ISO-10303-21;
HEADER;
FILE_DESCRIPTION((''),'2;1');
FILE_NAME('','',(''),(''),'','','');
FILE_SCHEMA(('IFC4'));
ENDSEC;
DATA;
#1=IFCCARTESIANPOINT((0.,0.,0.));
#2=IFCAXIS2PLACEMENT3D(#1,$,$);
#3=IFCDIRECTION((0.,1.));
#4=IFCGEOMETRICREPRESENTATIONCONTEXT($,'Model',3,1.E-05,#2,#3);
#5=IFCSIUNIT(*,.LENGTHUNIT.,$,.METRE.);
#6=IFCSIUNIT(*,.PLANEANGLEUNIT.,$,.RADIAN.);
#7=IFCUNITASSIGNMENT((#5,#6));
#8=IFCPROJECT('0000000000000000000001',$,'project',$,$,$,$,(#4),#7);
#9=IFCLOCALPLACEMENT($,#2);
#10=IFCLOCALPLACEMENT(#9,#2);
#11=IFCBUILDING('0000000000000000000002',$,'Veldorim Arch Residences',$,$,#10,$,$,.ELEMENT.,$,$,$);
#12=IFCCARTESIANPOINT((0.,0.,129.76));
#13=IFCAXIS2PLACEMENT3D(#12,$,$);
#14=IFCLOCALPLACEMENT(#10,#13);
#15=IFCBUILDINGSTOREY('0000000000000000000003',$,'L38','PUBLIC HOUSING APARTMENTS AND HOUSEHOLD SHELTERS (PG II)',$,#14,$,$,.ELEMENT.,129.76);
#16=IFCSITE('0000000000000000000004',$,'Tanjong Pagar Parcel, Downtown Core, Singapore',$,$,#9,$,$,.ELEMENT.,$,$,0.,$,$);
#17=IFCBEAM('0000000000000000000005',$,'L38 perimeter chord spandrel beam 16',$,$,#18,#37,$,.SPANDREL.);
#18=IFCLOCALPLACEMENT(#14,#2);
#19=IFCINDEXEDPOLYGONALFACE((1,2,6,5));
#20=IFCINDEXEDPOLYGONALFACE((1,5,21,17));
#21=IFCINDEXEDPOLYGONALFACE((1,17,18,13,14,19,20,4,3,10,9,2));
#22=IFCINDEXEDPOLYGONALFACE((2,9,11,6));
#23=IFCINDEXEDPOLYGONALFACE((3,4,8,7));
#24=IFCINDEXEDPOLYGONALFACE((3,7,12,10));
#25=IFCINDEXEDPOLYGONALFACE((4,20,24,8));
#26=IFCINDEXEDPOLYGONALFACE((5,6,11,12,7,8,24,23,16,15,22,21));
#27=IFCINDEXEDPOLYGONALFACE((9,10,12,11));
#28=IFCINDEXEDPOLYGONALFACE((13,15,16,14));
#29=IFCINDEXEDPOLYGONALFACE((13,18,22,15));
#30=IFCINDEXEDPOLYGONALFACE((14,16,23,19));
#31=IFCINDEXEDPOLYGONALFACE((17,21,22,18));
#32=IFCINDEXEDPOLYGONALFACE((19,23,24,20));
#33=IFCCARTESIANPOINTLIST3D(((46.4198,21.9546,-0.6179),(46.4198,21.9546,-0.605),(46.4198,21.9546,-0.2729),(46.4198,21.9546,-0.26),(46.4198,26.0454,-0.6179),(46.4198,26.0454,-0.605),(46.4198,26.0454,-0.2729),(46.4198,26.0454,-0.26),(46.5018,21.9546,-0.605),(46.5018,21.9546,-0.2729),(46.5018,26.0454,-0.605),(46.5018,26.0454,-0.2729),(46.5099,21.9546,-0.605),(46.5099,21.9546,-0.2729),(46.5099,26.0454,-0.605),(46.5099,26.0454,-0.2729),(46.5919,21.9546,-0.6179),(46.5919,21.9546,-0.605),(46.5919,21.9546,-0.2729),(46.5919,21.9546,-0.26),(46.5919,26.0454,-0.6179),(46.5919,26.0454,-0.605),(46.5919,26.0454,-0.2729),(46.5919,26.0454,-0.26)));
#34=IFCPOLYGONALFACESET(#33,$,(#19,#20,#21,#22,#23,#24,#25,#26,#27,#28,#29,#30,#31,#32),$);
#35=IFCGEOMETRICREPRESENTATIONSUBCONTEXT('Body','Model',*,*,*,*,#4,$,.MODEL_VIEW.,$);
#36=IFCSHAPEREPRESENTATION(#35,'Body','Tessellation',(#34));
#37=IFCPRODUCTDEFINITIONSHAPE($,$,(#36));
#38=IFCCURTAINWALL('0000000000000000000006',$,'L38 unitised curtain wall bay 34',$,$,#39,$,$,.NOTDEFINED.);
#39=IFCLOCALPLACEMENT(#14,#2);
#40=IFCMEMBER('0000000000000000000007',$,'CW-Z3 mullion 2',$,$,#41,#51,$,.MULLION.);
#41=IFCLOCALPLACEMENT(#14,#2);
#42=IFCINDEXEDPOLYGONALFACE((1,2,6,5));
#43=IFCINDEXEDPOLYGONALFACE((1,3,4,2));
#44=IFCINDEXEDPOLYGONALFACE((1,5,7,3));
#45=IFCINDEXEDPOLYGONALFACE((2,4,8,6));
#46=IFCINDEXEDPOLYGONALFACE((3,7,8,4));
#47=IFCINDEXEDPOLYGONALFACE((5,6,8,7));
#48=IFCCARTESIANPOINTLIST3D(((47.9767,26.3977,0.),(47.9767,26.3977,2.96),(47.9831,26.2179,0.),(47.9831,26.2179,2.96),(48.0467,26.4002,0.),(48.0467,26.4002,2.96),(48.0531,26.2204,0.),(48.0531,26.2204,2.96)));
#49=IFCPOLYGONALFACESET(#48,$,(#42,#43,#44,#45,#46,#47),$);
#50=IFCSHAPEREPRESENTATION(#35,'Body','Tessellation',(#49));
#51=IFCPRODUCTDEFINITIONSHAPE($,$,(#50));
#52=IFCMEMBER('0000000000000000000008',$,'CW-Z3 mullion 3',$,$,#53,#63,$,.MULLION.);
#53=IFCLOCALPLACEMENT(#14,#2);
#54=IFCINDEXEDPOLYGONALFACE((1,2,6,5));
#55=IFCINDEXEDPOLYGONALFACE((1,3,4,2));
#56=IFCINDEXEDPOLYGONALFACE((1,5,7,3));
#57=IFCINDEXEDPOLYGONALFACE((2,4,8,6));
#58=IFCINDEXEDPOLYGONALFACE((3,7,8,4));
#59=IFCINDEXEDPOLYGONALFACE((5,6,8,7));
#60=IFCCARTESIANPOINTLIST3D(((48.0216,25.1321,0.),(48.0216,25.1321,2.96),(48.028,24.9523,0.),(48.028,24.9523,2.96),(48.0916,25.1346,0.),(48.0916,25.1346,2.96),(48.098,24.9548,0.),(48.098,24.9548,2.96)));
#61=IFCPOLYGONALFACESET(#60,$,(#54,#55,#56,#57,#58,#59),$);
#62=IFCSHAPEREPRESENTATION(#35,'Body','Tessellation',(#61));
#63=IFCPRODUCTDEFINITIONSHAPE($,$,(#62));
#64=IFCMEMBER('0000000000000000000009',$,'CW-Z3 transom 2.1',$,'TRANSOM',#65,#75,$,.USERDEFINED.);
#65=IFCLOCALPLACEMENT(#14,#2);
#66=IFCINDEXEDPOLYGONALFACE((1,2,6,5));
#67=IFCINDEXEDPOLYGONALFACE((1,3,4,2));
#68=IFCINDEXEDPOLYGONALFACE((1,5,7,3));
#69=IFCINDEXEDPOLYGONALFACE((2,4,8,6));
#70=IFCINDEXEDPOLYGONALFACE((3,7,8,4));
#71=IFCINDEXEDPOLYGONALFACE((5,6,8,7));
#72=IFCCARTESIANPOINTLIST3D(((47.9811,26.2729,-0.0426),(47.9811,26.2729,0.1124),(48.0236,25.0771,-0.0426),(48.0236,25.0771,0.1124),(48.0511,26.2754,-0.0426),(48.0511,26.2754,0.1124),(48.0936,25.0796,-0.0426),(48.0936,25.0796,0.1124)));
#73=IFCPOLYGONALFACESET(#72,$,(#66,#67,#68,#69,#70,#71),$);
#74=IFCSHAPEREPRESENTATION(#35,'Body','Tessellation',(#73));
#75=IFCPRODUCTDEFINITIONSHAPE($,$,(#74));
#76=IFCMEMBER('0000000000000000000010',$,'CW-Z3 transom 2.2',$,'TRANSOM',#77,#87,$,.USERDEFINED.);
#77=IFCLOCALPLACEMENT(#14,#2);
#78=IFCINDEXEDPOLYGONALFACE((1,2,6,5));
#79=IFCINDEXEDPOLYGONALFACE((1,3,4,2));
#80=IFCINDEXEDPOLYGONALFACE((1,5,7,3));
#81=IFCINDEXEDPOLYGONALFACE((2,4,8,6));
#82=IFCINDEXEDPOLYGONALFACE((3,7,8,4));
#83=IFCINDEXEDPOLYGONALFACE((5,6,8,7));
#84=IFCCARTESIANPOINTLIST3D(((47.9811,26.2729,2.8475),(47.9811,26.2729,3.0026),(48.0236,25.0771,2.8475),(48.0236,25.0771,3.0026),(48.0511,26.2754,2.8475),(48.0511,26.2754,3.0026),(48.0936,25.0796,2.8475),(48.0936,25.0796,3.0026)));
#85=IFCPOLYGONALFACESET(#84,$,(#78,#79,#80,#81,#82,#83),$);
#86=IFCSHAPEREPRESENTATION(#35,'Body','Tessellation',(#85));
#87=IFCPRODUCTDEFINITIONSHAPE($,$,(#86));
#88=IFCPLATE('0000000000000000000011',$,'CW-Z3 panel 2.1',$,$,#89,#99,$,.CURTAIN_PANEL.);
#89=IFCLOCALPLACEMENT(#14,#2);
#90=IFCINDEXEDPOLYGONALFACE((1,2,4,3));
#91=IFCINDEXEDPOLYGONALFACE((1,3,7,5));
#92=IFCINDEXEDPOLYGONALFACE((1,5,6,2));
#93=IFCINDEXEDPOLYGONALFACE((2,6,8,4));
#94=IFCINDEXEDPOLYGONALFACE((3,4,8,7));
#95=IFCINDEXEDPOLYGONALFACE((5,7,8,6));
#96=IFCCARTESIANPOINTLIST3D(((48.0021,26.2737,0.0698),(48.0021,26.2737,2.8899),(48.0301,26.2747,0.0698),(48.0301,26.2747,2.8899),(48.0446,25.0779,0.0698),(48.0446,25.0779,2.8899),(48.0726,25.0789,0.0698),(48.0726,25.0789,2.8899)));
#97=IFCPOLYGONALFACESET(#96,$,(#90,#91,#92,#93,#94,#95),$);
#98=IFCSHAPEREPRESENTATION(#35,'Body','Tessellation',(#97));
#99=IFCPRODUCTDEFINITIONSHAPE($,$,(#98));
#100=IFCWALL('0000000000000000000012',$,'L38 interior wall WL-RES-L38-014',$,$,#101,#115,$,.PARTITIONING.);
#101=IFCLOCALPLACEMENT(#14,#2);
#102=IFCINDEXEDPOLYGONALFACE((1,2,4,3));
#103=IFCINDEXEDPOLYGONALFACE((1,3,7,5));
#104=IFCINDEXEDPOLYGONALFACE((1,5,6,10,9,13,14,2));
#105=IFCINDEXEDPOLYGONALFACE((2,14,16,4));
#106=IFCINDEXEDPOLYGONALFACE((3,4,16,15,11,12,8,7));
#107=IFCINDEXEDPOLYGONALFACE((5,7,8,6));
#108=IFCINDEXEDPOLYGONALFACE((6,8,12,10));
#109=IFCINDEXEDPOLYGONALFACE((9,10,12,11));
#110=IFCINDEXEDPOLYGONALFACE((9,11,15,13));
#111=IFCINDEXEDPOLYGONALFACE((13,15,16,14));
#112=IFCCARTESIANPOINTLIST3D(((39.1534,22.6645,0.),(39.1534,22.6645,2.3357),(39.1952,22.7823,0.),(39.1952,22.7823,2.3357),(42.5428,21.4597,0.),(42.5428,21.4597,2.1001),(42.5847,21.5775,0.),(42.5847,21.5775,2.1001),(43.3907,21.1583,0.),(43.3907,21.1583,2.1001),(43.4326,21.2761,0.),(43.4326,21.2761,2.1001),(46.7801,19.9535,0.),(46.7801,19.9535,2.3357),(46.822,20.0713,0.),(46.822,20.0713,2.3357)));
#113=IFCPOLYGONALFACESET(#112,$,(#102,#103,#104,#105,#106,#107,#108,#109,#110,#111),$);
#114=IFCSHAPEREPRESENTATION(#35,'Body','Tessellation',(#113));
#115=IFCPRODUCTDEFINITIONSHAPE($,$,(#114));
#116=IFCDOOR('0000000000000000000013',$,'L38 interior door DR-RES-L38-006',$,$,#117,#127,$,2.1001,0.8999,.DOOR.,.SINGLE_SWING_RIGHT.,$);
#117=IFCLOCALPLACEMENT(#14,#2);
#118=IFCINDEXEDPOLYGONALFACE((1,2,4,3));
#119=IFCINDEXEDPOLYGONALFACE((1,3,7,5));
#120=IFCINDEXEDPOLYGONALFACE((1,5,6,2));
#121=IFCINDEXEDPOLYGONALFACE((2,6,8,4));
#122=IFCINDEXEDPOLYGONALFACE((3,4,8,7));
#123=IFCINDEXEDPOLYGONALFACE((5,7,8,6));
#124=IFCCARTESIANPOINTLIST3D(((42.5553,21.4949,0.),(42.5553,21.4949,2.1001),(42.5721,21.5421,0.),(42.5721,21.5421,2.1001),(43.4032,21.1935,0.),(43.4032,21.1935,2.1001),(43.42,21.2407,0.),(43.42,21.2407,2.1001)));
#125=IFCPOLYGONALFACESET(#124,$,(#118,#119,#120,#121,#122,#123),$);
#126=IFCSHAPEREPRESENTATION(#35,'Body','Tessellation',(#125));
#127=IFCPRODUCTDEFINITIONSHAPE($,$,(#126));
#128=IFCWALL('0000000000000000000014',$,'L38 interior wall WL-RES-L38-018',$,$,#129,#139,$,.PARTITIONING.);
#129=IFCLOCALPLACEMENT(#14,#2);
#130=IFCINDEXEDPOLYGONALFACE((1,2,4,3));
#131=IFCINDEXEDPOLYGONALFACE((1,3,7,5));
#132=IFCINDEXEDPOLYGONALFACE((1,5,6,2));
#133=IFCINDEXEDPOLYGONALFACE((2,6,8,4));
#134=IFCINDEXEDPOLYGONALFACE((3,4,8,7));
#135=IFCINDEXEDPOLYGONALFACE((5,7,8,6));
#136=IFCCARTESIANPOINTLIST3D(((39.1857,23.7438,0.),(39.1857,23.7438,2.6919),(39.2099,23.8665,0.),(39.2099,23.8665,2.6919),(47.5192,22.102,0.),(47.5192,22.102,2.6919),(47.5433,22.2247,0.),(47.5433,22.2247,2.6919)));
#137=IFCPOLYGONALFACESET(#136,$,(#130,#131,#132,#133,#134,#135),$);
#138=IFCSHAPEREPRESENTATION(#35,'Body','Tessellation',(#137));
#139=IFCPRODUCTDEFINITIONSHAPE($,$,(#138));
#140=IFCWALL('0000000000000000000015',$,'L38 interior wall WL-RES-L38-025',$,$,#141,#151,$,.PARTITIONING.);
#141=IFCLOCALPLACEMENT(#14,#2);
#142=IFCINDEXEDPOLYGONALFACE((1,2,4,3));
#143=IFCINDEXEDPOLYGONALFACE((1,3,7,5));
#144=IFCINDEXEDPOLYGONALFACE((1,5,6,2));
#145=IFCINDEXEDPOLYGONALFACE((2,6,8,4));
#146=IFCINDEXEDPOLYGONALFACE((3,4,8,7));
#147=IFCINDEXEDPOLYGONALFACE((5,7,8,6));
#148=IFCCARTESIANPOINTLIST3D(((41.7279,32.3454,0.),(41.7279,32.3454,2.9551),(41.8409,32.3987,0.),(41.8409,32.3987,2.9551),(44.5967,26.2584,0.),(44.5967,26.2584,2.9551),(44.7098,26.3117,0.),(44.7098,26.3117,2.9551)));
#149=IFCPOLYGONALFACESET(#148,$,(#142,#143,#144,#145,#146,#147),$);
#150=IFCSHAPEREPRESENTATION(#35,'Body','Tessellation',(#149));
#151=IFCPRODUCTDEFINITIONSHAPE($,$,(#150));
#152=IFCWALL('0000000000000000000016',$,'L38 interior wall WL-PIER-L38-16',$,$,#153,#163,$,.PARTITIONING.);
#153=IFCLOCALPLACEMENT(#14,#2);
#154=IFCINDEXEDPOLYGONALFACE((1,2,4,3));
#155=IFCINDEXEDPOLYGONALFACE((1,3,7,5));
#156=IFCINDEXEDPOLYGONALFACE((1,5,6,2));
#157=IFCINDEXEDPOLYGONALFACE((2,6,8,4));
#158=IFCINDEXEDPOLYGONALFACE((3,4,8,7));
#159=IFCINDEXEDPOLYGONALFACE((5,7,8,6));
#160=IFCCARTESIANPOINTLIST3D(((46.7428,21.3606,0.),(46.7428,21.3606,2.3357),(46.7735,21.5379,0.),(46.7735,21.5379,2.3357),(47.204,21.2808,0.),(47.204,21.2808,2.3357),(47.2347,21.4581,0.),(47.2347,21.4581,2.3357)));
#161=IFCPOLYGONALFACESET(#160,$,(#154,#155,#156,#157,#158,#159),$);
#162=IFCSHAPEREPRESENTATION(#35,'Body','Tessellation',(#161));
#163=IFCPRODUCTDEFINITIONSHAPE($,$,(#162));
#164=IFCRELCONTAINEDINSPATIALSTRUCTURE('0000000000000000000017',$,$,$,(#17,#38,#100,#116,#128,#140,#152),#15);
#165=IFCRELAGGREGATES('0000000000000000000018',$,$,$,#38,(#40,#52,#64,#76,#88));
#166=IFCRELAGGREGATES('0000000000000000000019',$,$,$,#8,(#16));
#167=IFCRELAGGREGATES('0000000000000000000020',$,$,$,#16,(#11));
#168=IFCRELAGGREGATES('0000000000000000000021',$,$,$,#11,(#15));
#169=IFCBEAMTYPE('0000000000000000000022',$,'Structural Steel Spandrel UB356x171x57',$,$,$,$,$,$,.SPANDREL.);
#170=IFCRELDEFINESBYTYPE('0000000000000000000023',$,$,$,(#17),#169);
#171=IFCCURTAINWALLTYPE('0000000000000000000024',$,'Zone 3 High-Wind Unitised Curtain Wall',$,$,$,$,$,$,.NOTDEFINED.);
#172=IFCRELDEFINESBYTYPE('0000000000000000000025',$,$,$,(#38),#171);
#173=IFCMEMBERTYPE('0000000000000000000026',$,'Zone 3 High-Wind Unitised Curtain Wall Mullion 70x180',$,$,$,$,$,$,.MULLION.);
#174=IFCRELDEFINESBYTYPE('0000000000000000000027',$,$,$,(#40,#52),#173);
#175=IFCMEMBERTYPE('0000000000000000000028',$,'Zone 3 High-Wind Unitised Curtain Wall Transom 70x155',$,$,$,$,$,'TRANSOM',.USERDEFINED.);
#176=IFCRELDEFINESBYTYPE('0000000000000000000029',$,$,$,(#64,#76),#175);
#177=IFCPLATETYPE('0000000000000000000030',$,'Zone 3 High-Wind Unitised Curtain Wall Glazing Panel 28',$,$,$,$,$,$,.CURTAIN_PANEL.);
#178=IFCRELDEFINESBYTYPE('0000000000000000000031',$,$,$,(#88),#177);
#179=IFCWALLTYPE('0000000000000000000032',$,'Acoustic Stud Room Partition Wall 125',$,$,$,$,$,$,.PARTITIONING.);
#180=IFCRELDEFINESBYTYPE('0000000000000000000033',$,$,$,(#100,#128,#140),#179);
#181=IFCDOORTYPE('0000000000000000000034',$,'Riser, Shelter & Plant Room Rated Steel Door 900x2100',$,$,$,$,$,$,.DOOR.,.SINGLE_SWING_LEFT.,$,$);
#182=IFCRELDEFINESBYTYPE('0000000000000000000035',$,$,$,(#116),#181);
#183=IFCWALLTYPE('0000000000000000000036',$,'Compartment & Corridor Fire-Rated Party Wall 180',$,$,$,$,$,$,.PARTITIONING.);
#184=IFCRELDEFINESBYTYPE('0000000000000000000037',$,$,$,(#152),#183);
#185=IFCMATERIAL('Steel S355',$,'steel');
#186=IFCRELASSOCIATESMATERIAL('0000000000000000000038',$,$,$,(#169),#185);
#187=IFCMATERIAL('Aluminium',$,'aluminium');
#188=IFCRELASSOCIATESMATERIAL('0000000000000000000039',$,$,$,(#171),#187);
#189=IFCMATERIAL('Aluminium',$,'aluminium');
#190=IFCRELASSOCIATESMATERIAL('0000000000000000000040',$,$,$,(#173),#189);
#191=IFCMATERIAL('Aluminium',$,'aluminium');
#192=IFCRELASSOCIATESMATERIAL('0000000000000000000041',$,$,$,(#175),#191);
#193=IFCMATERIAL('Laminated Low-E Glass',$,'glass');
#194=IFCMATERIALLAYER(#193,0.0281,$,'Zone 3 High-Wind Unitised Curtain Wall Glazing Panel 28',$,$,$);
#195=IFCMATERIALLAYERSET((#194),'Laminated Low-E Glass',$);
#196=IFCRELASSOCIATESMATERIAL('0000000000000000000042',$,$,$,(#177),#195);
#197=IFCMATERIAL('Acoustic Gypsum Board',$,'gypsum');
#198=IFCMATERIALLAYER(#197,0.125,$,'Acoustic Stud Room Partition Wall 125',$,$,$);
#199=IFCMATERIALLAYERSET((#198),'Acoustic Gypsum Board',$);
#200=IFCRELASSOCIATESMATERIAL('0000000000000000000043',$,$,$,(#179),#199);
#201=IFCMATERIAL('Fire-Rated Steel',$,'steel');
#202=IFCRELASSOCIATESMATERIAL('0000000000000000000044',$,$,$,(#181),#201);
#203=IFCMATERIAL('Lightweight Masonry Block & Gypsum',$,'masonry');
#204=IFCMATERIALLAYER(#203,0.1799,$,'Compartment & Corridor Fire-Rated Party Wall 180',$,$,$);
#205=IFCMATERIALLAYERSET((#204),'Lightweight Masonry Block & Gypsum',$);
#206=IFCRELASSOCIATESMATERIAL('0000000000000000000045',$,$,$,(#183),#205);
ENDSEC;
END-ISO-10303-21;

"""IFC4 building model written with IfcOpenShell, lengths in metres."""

from ifc_helpers import new_model, si_unit, direction, frame, frame_2d, origin, origin_2d, place, context, subcontext, project, spatial, rectangle, i_section, extrude, material, layer, layer_set, material_profile, profile_set, type_object, element, fill, aggregate, save


model = new_model("IFC4")

# Units and contexts
model_context = context("Model", 3, precision=1e-05, world=origin(), true_north=direction((0.0, 1.0)))
body_context = subcontext(model_context, "Body", "Model", "MODEL_VIEW")
ifc_project = project(units=[si_unit("LENGTHUNIT", "METRE"), si_unit("PLANEANGLEUNIT", "RADIAN")], contexts=[model_context])

# Site, building, storey
site_placement = place(None, origin())
site = spatial("IfcSite", under=ifc_project, at=site_placement, Name="Tanjong Pagar Parcel, Downtown Core, Singapore", CompositionType="ELEMENT", RefElevation=0.0)
building_placement = place(site_placement, origin())
building = spatial("IfcBuilding", under=site, at=building_placement, Name="Veldorim Arch Residences", CompositionType="ELEMENT")
storey_placement = place(building_placement, frame((0.0, 0.0, 129.76)))
storey = spatial("IfcBuildingStorey", under=building, at=storey_placement, Name="L38", Description="PUBLIC HOUSING APARTMENTS AND HOUSEHOLD SHELTERS (PG II)", CompositionType="ELEMENT", Elevation=129.76)

# Beam
ifc_material_1 = material(Name="Steel S355", Category="steel")
ifc_material_profile_1 = material_profile(ifc_material_1, i_section(OverallWidth=0.1721, OverallDepth=0.3579, WebThickness=0.0081, FlangeThickness=0.0129, at=origin_2d()), Name="UB356x171x57")
ifc_profile_set_1 = profile_set([ifc_material_profile_1], Name="Steel S355")
beam_type_1 = type_object("IfcBeamType", Name="Structural Steel Spandrel UB356x171x57", PredefinedType="SPANDREL", material=ifc_profile_set_1)
beam_1_placement = place(storey_placement, frame((46.5059, 21.9546, -0.439), z_axis=(0.0, 1.0, 0.0), x_axis=(-1.0, 0.0, 0.0)))
element("IfcBeam", 1, at=beam_1_placement, inside=storey, type_object=beam_type_1, Name="L38 perimeter chord spandrel beam 16", PredefinedType="SPANDREL", context=body_context, shape_type="SweptSolid", body=[
    extrude(i_section(OverallWidth=0.1721, OverallDepth=0.3579, WebThickness=0.0081, FlangeThickness=0.0129, at=origin_2d()), origin(), (0.0, 0.0, 1.0), 4.0908),
])

# Curtain wall, members, plate
ifc_material_2 = material(Name="Aluminium", Category="aluminium")
curtain_wall_type = type_object("IfcCurtainWallType", Name="Zone 3 High-Wind Unitised Curtain Wall", PredefinedType="NOTDEFINED", material=ifc_material_2)
curtain_wall_placement = place(storey_placement, origin())
curtain_wall = element("IfcCurtainWall", 2, at=curtain_wall_placement, inside=storey, type_object=curtain_wall_type, Name="L38 unitised curtain wall bay 34", PredefinedType="NOTDEFINED")
ifc_material_3 = material(Name="Aluminium", Category="aluminium")
ifc_material_profile_2 = material_profile(ifc_material_3, rectangle(XDim=0.0701, YDim=0.1799, at=origin_2d()), Name="ALU_MUL_70x180")
ifc_profile_set_2 = profile_set([ifc_material_profile_2], Name="Aluminium")
member_type_1 = type_object("IfcMemberType", Name="Zone 3 High-Wind Unitised Curtain Wall Mullion 70x180", PredefinedType="MULLION", material=ifc_profile_set_2)
member_1_placement = place(storey_placement, frame((48.0149, 26.3091, 0.0), z_axis=(0.0, 0.0, 1.0), x_axis=(0.99937, 0.035498, 0.0)))
member_1 = element("IfcMember", 3, at=member_1_placement, type_object=member_type_1, Name="CW-Z3 mullion 2", PredefinedType="MULLION", context=body_context, shape_type="SweptSolid", body=[
    extrude(rectangle(XDim=0.0701, YDim=0.1799, at=origin_2d()), origin(), (0.0, 0.0, 1.0), 2.96),
])
member_2_placement = place(storey_placement, frame((48.0598, 25.0435, 0.0), z_axis=(0.0, 0.0, 1.0), x_axis=(0.99937, 0.035498, 0.0)))
member_2 = element("IfcMember", 4, at=member_2_placement, type_object=member_type_1, Name="CW-Z3 mullion 3", PredefinedType="MULLION", context=body_context, shape_type="SweptSolid", body=[
    extrude(rectangle(XDim=0.0701, YDim=0.1799, at=origin_2d()), origin(), (0.0, 0.0, 1.0), 2.96),
])
ifc_material_4 = material(Name="Aluminium", Category="aluminium")
ifc_material_profile_3 = material_profile(ifc_material_4, rectangle(XDim=0.0701, YDim=0.155, at=origin_2d()), Name="ALU_TRN_70x155")
ifc_profile_set_3 = profile_set([ifc_material_profile_3], Name="Aluminium")
member_type_2 = type_object("IfcMemberType", Name="Zone 3 High-Wind Unitised Curtain Wall Transom 70x155", ElementType="TRANSOM", PredefinedType="USERDEFINED", material=ifc_profile_set_3)
member_3_placement = place(storey_placement, frame((48.0161, 26.2742, 0.0349), z_axis=(0.035502, -0.99937, 0.0), x_axis=(0.99937, 0.035502, 0.0)))
member_3 = element("IfcMember", 5, at=member_3_placement, type_object=member_type_2, Name="CW-Z3 transom 2.1", ObjectType="TRANSOM", PredefinedType="USERDEFINED", context=body_context, shape_type="SweptSolid", body=[
    extrude(rectangle(XDim=0.0701, YDim=0.155, at=origin_2d()), origin(), (0.0, 0.0, 1.0), 1.1965),
])
member_4_placement = place(storey_placement, frame((48.0161, 26.2742, 2.925), z_axis=(0.035502, -0.99937, 0.0), x_axis=(0.99937, 0.035502, 0.0)))
member_4 = element("IfcMember", 6, at=member_4_placement, type_object=member_type_2, Name="CW-Z3 transom 2.2", ObjectType="TRANSOM", PredefinedType="USERDEFINED", context=body_context, shape_type="SweptSolid", body=[
    extrude(rectangle(XDim=0.0701, YDim=0.155, at=origin_2d()), origin(), (0.0, 0.0, 1.0), 1.1965),
])
ifc_material_5 = material(Name="Laminated Low-E Glass", Category="glass")
ifc_layer_1 = layer(ifc_material_5, 0.0281, Name="Zone 3 High-Wind Unitised Curtain Wall Glazing Panel 28")
ifc_layer_set_1 = layer_set([ifc_layer_1], Name="Laminated Low-E Glass")
plate_type = type_object("IfcPlateType", Name="Zone 3 High-Wind Unitised Curtain Wall Glazing Panel 28", PredefinedType="CURTAIN_PANEL", material=ifc_layer_set_1)
plate_placement = place(storey_placement, frame((48.0374, 25.6763, 0.0698), z_axis=(0.0, 0.0, 1.0), x_axis=(0.035498, -0.99937, 0.0)))
plate = element("IfcPlate", 7, at=plate_placement, type_object=plate_type, Name="CW-Z3 panel 2.1", PredefinedType="CURTAIN_PANEL", context=body_context, shape_type="SweptSolid", body=[
    extrude(rectangle(XDim=1.1965, YDim=0.0281, at=origin_2d()), origin(), (0.0, 0.0, 1.0), 2.8201),
])
aggregate(curtain_wall, [member_1, member_2, member_3, member_4, plate])

# Wall, opening, door
ifc_material_6 = material(Name="Acoustic Gypsum Board", Category="gypsum")
ifc_layer_2 = layer(ifc_material_6, 0.125, Name="Acoustic Stud Room Partition Wall 125")
ifc_layer_set_2 = layer_set([ifc_layer_2], Name="Acoustic Gypsum Board")
wall_type_1 = type_object("IfcWallType", Name="Acoustic Stud Room Partition Wall 125", PredefinedType="PARTITIONING", material=ifc_layer_set_2)
wall_1_placement = place(storey_placement, frame((39.1743, 22.7234, 0.0), z_axis=(0.0, 0.0, 1.0), x_axis=(0.942245, -0.334924, 0.0)))
wall_1 = element("IfcWall", 8, at=wall_1_placement, inside=storey, type_object=wall_type_1, Name="L38 interior wall WL-RES-L38-014", PredefinedType="PARTITIONING", context=body_context, shape_type="SweptSolid", body=[
    extrude(rectangle(XDim=8.0942, YDim=0.125, at=frame_2d((4.0471, 0.0))), origin(), (0.0, 0.0, 1.0), 2.3357),
])
opening_1_placement = place(wall_1_placement, frame((3.5972, 0.0, 0.0)))
opening_1 = element("IfcOpeningElement", 9, at=opening_1_placement, cuts=wall_1, PredefinedType="OPENING", context=body_context, shape_type="SweptSolid", body=[
    extrude(rectangle(XDim=0.8999, YDim=2.1001, at=frame_2d((0.45, 1.05))), frame((0.0, 0.0725, 0.0), z_axis=(0.0, -1.0, 0.0), x_axis=(1.0, 0.0, 0.0)), (0.0, 0.0, 1.0), 0.145),
])
ifc_material_7 = material(Name="Fire-Rated Steel", Category="steel")
door_type_1 = type_object("IfcDoorType", Name="Riser, Shelter & Plant Room Rated Steel Door 900x2100", OperationType="SINGLE_SWING_LEFT", PredefinedType="DOOR", material=ifc_material_7)
door_1_placement = place(opening_1_placement, origin())
door_1 = element("IfcDoor", 10, at=door_1_placement, inside=storey, type_object=door_type_1, Name="L38 interior door DR-RES-L38-006", OperationType="SINGLE_SWING_RIGHT", OverallHeight=2.1001, OverallWidth=0.8999, PredefinedType="DOOR", context=body_context, shape_type="SweptSolid", body=[
    extrude(rectangle(XDim=0.8999, YDim=2.1001, at=frame_2d((0.45, 1.05))), frame((0.0, 0.0249, 0.0), z_axis=(0.0, -1.0, 0.0), x_axis=(1.0, 0.0, 0.0)), (0.0, 0.0, 1.0), 0.05),
])
fill(opening_1, door_1)

# Walls
wall_2_placement = place(storey_placement, frame((47.5312, 22.1633, 0.0), z_axis=(0.0, 0.0, 1.0), x_axis=(-0.981139, 0.193302, 0.0)))
element("IfcWall", 11, at=wall_2_placement, inside=storey, type_object=wall_type_1, Name="L38 interior wall WL-RES-L38-018", PredefinedType="PARTITIONING", context=body_context, shape_type="SweptSolid", body=[
    extrude(rectangle(XDim=8.4937, YDim=0.125, at=frame_2d((4.2468, 0.0))), origin(), (0.0, 0.0, 1.0), 2.6919),
])
wall_3_placement = place(storey_placement, frame((44.6533, 26.2849, 0.0), z_axis=(0.0, 0.0, 1.0), x_axis=(-0.426326, 0.904569, 0.0)))
element("IfcWall", 12, at=wall_3_placement, inside=storey, type_object=wall_type_1, Name="L38 interior wall WL-RES-L38-025", PredefinedType="PARTITIONING", context=body_context, shape_type="SweptSolid", body=[
    extrude(rectangle(XDim=6.7292, YDim=0.125, at=frame_2d((3.3647, 0.0))), origin(), (0.0, 0.0, 1.0), 2.9551),
])
ifc_material_8 = material(Name="Lightweight Masonry Block & Gypsum", Category="masonry")
ifc_layer_3 = layer(ifc_material_8, 0.1799, Name="Compartment & Corridor Fire-Rated Party Wall 180")
ifc_layer_set_3 = layer_set([ifc_layer_3], Name="Lightweight Masonry Block & Gypsum")
wall_type_2 = type_object("IfcWallType", Name="Compartment & Corridor Fire-Rated Party Wall 180", PredefinedType="PARTITIONING", material=ifc_layer_set_3)
wall_4_placement = place(storey_placement, frame((46.7583, 21.4492, 0.0), z_axis=(0.0, 0.0, 1.0), x_axis=(0.985345, -0.170571, 0.0)))
element("IfcWall", 13, at=wall_4_placement, inside=storey, type_object=wall_type_2, Name="L38 interior wall WL-PIER-L38-16", PredefinedType="PARTITIONING", context=body_context, shape_type="SweptSolid", body=[
    extrude(rectangle(XDim=0.468, YDim=0.1799, at=frame_2d((0.2339, 0.0))), origin(), (0.0, 0.0, 1.0), 2.3357),
])

save(model, "model.ifc")
